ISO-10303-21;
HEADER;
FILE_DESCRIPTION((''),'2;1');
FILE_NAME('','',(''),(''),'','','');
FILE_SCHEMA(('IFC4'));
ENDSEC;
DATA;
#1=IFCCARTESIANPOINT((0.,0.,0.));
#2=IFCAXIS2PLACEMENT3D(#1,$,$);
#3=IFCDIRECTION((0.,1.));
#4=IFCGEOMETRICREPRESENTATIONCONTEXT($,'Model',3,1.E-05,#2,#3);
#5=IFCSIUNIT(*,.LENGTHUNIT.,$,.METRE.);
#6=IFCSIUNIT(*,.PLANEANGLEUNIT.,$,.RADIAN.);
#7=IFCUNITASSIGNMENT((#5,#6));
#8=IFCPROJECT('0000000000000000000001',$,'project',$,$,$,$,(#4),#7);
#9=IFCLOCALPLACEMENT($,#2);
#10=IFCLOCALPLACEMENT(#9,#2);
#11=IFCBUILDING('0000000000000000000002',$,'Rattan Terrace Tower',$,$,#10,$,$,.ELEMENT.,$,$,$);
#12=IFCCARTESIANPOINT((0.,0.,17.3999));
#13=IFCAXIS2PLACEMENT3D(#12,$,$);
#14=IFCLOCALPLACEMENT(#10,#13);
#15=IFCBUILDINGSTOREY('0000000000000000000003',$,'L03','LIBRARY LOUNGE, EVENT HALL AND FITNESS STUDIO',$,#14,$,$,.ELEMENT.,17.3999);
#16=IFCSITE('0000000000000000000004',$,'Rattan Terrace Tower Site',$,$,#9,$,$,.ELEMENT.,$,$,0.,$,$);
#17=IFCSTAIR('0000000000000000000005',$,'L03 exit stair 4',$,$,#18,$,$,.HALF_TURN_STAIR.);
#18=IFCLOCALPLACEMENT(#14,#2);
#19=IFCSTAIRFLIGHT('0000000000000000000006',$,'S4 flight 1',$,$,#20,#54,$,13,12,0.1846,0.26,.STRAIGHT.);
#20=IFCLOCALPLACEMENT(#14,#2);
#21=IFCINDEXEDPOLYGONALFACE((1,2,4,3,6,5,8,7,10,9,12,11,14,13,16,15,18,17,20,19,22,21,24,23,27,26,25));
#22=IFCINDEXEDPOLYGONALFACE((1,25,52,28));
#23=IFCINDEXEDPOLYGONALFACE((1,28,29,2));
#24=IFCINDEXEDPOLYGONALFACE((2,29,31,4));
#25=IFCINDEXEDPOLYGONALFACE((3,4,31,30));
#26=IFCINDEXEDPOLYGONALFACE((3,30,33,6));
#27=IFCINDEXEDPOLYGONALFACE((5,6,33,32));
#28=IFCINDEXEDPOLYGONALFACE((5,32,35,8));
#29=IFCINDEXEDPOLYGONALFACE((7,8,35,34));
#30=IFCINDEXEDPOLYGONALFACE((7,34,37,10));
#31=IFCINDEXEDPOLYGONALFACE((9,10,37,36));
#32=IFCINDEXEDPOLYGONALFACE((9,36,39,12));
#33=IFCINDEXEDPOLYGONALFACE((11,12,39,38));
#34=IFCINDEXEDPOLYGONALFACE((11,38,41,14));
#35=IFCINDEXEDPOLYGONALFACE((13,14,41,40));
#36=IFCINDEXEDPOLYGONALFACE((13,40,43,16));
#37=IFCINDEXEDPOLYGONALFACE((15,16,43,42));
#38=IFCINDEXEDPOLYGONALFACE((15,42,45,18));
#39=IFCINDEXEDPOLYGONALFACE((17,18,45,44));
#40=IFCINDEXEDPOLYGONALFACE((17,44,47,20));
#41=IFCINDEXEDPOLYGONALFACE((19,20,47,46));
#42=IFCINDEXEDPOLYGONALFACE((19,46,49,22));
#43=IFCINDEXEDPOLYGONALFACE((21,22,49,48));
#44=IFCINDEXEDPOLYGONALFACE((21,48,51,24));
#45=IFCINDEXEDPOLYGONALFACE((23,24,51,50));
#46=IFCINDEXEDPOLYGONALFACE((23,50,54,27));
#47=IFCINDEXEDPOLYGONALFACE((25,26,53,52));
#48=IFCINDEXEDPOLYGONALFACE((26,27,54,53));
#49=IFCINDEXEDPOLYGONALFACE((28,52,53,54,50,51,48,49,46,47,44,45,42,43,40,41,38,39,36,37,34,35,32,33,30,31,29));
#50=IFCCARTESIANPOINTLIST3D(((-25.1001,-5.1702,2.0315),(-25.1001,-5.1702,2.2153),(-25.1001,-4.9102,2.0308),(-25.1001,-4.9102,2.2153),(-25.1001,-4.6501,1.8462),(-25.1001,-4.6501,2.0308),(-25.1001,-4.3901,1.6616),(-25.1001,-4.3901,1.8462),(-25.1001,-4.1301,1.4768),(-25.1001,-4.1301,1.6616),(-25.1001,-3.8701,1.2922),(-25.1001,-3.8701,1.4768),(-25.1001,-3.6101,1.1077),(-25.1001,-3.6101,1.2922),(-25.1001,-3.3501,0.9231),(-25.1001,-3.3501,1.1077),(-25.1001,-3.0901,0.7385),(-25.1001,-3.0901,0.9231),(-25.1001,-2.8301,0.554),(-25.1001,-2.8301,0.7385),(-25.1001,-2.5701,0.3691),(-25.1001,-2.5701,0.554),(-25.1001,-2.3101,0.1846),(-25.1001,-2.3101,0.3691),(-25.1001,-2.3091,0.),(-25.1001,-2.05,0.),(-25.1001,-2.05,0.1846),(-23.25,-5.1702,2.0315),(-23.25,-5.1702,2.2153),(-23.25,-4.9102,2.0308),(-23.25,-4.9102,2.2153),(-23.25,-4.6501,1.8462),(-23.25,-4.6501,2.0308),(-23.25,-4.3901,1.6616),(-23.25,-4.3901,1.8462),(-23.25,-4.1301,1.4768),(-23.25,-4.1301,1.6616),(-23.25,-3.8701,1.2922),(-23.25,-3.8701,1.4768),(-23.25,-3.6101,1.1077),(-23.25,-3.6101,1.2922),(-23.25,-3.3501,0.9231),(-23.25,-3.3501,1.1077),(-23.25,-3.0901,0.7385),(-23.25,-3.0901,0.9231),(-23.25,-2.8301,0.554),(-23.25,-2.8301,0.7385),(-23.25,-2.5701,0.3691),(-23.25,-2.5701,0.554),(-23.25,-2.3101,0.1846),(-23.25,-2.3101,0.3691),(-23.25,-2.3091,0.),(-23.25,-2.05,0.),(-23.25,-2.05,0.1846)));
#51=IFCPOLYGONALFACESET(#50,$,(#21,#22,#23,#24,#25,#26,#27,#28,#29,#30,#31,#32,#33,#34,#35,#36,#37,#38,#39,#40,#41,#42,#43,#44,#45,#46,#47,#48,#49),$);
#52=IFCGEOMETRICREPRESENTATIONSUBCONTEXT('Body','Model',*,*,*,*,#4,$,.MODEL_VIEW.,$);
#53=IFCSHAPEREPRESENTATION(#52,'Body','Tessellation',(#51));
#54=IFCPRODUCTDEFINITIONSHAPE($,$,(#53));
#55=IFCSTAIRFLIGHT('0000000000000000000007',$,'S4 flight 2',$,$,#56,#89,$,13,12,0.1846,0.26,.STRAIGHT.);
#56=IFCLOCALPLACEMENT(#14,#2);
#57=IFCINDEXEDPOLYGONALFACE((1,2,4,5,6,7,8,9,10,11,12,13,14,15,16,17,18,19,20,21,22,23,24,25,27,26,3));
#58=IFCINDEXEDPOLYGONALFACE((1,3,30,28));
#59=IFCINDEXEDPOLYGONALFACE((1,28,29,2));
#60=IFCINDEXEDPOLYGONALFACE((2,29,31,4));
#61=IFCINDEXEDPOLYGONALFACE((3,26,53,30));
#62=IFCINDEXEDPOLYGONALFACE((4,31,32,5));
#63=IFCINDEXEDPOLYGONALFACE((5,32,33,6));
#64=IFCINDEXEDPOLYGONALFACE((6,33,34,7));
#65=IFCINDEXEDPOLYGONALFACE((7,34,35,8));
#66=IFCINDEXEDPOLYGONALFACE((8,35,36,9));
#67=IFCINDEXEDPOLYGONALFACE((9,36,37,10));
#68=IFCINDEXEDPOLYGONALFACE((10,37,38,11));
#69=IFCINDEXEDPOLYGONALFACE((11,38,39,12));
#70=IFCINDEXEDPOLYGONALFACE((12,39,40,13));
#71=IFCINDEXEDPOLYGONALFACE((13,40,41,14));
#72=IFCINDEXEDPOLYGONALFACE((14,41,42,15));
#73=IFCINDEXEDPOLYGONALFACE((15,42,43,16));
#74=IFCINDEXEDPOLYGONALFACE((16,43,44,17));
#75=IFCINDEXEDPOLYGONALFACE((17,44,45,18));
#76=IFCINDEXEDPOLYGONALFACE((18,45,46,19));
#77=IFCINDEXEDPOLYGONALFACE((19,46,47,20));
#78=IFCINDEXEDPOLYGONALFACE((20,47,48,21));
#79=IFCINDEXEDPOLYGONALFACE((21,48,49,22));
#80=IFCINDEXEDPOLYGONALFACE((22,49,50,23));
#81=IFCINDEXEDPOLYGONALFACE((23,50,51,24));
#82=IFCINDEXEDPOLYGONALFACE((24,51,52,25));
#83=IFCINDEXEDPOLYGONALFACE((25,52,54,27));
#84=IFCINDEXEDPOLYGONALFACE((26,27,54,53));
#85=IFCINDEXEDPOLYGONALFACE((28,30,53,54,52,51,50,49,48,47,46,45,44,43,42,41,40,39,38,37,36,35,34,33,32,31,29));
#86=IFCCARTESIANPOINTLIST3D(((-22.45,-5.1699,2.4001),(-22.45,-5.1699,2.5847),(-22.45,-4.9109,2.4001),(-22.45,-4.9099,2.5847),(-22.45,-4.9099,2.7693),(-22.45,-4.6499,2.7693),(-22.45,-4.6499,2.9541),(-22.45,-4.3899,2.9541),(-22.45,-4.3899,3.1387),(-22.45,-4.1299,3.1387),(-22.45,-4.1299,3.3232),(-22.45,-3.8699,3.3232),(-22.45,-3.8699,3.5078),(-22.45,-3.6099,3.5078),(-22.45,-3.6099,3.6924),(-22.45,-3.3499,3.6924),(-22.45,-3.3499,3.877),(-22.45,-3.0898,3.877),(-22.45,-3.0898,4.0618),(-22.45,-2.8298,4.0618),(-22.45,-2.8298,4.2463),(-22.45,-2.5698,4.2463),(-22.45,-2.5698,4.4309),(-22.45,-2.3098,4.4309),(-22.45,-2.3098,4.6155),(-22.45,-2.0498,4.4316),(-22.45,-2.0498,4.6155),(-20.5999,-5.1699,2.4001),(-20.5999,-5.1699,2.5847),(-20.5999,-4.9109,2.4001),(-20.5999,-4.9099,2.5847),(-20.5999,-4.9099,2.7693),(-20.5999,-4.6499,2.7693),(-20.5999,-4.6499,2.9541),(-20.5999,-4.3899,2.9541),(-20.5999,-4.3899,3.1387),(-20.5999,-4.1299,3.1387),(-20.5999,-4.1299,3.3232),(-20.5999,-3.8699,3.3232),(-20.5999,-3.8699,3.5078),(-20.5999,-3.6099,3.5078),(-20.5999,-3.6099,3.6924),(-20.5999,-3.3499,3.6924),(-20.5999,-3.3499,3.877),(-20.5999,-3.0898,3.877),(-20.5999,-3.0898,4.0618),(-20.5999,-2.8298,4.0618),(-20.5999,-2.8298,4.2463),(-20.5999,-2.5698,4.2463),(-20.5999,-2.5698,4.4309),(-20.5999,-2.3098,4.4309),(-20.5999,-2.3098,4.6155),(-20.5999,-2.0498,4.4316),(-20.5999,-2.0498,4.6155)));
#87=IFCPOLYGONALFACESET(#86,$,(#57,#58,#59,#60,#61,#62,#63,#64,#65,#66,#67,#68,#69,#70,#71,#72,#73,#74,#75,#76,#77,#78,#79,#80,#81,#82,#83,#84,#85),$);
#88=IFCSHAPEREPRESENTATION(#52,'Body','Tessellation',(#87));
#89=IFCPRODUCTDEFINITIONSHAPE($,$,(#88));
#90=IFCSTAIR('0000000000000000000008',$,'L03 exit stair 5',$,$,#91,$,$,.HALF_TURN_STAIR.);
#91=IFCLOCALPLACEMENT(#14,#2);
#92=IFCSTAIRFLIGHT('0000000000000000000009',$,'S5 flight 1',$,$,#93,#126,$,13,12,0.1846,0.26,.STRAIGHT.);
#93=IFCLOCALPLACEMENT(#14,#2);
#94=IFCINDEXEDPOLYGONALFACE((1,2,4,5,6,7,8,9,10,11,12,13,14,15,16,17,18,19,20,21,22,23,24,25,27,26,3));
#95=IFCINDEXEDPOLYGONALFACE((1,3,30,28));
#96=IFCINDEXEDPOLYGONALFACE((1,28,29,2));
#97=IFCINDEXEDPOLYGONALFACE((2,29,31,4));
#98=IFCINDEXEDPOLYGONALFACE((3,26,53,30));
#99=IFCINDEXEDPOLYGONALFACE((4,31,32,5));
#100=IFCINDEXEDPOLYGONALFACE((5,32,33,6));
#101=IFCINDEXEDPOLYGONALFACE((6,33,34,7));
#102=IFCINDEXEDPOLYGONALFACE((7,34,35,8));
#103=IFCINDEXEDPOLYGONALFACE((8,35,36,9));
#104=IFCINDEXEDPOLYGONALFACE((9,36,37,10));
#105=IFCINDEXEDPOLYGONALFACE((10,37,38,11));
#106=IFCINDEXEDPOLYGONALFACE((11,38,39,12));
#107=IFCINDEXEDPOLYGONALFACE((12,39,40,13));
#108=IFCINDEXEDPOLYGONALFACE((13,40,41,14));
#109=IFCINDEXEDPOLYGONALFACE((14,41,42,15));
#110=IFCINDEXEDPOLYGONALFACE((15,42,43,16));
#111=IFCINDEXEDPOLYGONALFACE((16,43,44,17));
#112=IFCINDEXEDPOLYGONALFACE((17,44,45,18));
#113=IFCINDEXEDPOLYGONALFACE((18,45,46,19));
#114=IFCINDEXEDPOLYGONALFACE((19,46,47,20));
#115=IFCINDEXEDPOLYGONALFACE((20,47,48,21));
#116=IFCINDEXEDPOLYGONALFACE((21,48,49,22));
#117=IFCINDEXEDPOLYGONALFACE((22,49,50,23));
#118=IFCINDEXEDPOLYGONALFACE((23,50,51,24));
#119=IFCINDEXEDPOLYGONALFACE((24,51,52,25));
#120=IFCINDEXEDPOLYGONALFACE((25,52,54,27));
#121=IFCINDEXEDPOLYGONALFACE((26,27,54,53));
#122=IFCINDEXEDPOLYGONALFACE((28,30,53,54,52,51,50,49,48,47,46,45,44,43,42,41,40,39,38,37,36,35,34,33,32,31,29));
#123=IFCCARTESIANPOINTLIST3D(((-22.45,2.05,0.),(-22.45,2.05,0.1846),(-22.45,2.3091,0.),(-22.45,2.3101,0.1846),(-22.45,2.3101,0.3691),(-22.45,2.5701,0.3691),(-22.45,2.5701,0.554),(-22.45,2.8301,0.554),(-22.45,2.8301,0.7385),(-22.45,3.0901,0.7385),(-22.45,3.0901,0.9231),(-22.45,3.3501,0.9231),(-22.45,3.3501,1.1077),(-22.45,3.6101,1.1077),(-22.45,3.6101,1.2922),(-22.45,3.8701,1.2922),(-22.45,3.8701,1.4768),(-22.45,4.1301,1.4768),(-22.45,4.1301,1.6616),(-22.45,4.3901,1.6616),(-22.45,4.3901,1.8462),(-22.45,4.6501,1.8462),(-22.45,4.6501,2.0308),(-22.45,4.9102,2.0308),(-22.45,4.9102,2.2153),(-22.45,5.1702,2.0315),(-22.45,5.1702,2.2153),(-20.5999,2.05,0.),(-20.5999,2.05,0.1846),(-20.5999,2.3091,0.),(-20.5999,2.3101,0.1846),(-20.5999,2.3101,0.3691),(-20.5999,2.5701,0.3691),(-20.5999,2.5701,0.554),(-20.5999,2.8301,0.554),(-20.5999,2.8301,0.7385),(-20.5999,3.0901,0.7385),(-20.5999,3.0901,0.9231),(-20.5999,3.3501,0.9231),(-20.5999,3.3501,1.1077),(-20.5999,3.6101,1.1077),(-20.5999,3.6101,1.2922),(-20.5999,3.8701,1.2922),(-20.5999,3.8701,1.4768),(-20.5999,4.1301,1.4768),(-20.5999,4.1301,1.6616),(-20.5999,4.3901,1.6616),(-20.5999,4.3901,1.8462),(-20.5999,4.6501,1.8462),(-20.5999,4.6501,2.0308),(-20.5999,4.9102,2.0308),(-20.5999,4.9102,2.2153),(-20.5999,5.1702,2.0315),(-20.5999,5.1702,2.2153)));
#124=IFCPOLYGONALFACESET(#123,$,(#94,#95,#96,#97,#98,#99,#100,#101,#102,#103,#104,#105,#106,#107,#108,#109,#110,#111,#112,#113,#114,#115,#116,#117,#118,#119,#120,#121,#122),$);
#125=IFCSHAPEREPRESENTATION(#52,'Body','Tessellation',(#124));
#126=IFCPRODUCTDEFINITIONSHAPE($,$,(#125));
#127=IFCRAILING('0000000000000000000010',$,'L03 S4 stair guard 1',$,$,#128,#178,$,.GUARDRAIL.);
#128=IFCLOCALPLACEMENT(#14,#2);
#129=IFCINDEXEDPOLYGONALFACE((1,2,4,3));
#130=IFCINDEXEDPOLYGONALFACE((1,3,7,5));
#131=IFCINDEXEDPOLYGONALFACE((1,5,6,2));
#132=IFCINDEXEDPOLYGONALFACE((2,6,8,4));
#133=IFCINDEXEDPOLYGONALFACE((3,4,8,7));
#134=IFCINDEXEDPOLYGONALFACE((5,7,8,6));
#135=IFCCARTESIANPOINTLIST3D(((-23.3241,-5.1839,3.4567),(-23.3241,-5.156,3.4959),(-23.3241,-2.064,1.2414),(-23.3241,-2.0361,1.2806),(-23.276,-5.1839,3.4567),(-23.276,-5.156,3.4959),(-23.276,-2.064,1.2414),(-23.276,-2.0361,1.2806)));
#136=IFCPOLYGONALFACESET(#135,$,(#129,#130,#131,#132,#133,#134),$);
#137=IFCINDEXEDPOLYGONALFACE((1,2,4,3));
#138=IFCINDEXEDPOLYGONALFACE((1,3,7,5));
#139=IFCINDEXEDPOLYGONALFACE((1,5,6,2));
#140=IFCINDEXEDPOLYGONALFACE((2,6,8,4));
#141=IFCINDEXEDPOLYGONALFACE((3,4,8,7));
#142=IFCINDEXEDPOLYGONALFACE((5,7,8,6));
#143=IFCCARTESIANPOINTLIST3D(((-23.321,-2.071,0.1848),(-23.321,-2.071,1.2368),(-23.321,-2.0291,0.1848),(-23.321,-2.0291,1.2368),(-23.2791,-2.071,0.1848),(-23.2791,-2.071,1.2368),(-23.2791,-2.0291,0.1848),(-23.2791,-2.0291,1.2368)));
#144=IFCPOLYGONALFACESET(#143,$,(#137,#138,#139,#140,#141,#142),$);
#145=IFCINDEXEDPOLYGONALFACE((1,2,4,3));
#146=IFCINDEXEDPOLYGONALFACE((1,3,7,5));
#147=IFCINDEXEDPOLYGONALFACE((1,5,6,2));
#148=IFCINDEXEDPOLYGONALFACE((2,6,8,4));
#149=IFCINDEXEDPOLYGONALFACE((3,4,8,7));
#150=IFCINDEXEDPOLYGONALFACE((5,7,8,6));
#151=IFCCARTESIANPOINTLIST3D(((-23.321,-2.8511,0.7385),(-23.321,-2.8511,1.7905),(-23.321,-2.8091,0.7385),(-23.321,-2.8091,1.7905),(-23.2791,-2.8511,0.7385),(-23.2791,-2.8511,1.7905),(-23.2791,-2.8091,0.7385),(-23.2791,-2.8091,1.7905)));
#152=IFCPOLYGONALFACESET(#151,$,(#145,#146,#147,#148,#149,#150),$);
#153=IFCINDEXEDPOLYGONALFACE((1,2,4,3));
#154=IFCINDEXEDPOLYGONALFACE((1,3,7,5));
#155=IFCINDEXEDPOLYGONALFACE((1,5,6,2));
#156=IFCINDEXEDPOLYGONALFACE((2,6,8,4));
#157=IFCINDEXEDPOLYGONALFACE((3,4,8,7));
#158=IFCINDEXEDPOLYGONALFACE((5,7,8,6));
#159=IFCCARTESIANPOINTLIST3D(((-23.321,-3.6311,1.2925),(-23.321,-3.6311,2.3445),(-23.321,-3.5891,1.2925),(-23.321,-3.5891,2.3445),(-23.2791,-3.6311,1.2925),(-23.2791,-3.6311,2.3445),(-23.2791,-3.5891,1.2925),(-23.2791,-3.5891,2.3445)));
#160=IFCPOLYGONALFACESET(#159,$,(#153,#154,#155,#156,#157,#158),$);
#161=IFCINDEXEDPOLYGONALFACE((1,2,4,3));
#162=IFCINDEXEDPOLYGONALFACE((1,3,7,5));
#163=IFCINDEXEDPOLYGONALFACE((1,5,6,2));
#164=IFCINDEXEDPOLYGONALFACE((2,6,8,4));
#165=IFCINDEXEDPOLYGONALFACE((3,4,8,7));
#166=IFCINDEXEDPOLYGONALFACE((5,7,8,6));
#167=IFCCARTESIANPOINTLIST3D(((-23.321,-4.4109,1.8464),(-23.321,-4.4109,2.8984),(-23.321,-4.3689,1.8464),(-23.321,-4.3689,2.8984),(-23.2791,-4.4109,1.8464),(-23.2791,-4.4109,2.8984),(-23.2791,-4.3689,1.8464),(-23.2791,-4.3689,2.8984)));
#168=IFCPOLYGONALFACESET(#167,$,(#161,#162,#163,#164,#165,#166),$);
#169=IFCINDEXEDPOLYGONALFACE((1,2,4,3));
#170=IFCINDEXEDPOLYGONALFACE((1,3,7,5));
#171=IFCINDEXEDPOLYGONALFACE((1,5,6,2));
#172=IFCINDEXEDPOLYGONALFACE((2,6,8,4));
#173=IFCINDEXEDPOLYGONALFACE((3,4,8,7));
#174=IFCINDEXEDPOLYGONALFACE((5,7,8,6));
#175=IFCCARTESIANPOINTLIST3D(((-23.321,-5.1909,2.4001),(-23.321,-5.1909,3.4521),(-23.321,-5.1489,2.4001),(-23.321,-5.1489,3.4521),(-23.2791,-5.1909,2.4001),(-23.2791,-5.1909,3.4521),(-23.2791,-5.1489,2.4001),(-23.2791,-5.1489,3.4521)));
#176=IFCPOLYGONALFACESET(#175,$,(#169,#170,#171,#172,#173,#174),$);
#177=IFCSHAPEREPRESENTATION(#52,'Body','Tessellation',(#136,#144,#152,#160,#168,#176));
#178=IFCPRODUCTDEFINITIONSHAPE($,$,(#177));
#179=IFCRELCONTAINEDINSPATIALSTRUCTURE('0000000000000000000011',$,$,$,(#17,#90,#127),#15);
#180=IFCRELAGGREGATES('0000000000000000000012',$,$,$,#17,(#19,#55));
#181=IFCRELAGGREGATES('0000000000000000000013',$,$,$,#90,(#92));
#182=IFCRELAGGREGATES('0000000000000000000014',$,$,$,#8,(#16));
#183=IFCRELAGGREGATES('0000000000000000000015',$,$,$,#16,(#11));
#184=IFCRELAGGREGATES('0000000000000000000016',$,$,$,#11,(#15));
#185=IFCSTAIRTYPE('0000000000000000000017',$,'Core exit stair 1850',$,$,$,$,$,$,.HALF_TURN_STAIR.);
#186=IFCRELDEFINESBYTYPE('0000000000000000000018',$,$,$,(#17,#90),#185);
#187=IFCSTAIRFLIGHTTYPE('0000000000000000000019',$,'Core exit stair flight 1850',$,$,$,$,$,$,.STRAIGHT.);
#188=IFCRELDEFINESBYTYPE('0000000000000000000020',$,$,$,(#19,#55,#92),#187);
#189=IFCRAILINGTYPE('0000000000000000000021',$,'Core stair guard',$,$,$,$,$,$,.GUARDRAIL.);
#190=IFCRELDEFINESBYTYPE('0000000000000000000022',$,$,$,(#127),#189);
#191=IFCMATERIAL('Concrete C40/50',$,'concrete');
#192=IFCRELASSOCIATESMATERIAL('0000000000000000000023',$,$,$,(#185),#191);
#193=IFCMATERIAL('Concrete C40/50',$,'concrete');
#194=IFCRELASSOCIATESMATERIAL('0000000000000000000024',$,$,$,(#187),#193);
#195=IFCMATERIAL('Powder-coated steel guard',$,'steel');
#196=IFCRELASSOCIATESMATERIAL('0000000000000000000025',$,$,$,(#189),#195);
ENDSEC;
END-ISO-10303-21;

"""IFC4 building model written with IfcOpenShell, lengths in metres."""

from ifc_helpers import new_model, si_unit, direction, frame, origin, origin_2d, place, context, subcontext, project, spatial, polyline, rectangle, outline, extrude, material, type_object, element, aggregate, save


model = new_model("IFC4")

# Units and contexts
model_context = context("Model", 3, precision=1e-05, world=origin(), true_north=direction((0.0, 1.0)))
body_context = subcontext(model_context, "Body", "Model", "MODEL_VIEW")
ifc_project = project(units=[si_unit("LENGTHUNIT", "METRE"), si_unit("PLANEANGLEUNIT", "RADIAN")], contexts=[model_context])

# Site, building, storey
site_placement = place(None, origin())
site = spatial("IfcSite", under=ifc_project, at=site_placement, Name="Rattan Terrace Tower Site", CompositionType="ELEMENT", RefElevation=0.0)
building_placement = place(site_placement, origin())
building = spatial("IfcBuilding", under=site, at=building_placement, Name="Rattan Terrace Tower", CompositionType="ELEMENT")
storey_placement = place(building_placement, frame((0.0, 0.0, 17.3999)))
storey = spatial("IfcBuildingStorey", under=building, at=storey_placement, Name="L03", Description="LIBRARY LOUNGE, EVENT HALL AND FITNESS STUDIO", CompositionType="ELEMENT", Elevation=17.3999)

# Stair, stair flights
ifc_material_1 = material(Name="Concrete C40/50", Category="concrete")
stair_type = type_object("IfcStairType", Name="Core exit stair 1850", PredefinedType="HALF_TURN_STAIR", material=ifc_material_1)
stair_1_placement = place(storey_placement, origin())
stair_1 = element("IfcStair", 1, at=stair_1_placement, inside=storey, type_object=stair_type, Name="L03 exit stair 4", PredefinedType="HALF_TURN_STAIR")
ifc_material_2 = material(Name="Concrete C40/50", Category="concrete")
stair_flight_type = type_object("IfcStairFlightType", Name="Core exit stair flight 1850", PredefinedType="STRAIGHT", material=ifc_material_2)
stair_flight_1_placement = place(storey_placement, frame((-24.175, -2.05, 0.0), z_axis=(0.0, 0.0, 1.0), x_axis=(0.0, -1.0, 0.0)))
stair_flight_1 = element("IfcStairFlight", 2, at=stair_flight_1_placement, type_object=stair_flight_type, Name="S4 flight 1", NumberOfRisers=13, NumberOfTreads=12, PredefinedType="STRAIGHT", RiserHeight=0.1846, TreadLength=0.26, context=body_context, shape_type="SweptSolid", body=[
    extrude(outline(polyline([(0.0, 0.0), (0.0, 0.1846), (0.26, 0.1846), (0.26, 0.3691), (0.52, 0.3691), (0.52, 0.554), (0.78, 0.554), (0.78, 0.7385), (1.04, 0.7385), (1.04, 0.9231), (1.3, 0.9231), (1.3, 1.1077), (1.5601, 1.1077), (1.5601, 1.2922), (1.8201, 1.2922), (1.8201, 1.4768), (2.0801, 1.4768), (2.0801, 1.6616), (2.3401, 1.6616), (2.3401, 1.8462), (2.6001, 1.8462), (2.6001, 2.0308), (2.8601, 2.0308), (2.8601, 2.2153), (3.1201, 2.2153), (3.1201, 2.3999), (3.1201, 2.0315), (0.259, 0.0), (0.0, 0.0)])), frame((0.0, 0.925, 0.0), z_axis=(0.0, -1.0, 0.0), x_axis=(1.0, 0.0, 0.0)), (0.0, 0.0, 1.0), 1.8501),
])
stair_flight_2_placement = place(storey_placement, frame((-21.5249, -5.1699, 2.4001), z_axis=(0.0, 0.0, 1.0), x_axis=(0.0, 1.0, 0.0)))
stair_flight_2 = element("IfcStairFlight", 3, at=stair_flight_2_placement, type_object=stair_flight_type, Name="S4 flight 2", NumberOfRisers=13, NumberOfTreads=12, PredefinedType="STRAIGHT", RiserHeight=0.1846, TreadLength=0.26, context=body_context, shape_type="SweptSolid", body=[
    extrude(outline(polyline([(0.0, 0.0), (0.0, 0.1846), (0.26, 0.1846), (0.26, 0.3691), (0.52, 0.3691), (0.52, 0.554), (0.78, 0.554), (0.78, 0.7385), (1.04, 0.7385), (1.04, 0.9231), (1.3, 0.9231), (1.3, 1.1077), (1.5601, 1.1077), (1.5601, 1.2922), (1.8201, 1.2922), (1.8201, 1.4768), (2.0801, 1.4768), (2.0801, 1.6616), (2.3401, 1.6616), (2.3401, 1.8462), (2.6001, 1.8462), (2.6001, 2.0308), (2.8601, 2.0308), (2.8601, 2.2153), (3.1201, 2.2153), (3.1201, 2.3999), (3.1201, 2.0315), (0.259, 0.0), (0.0, 0.0)])), frame((0.0, 0.925, 0.0), z_axis=(0.0, -1.0, 0.0), x_axis=(1.0, 0.0, 0.0)), (0.0, 0.0, 1.0), 1.8501),
])
aggregate(stair_1, [stair_flight_1, stair_flight_2])

# Stair, stair flight
stair_2_placement = place(storey_placement, origin())
stair_2 = element("IfcStair", 4, at=stair_2_placement, inside=storey, type_object=stair_type, Name="L03 exit stair 5", PredefinedType="HALF_TURN_STAIR")
stair_flight_3_placement = place(storey_placement, frame((-21.5249, 2.05, 0.0), z_axis=(0.0, 0.0, 1.0), x_axis=(0.0, 1.0, 0.0)))
stair_flight_3 = element("IfcStairFlight", 5, at=stair_flight_3_placement, type_object=stair_flight_type, Name="S5 flight 1", NumberOfRisers=13, NumberOfTreads=12, PredefinedType="STRAIGHT", RiserHeight=0.1846, TreadLength=0.26, context=body_context, shape_type="SweptSolid", body=[
    extrude(outline(polyline([(0.0, 0.0), (0.0, 0.1846), (0.26, 0.1846), (0.26, 0.3691), (0.52, 0.3691), (0.52, 0.554), (0.78, 0.554), (0.78, 0.7385), (1.04, 0.7385), (1.04, 0.9231), (1.3, 0.9231), (1.3, 1.1077), (1.5601, 1.1077), (1.5601, 1.2922), (1.8201, 1.2922), (1.8201, 1.4768), (2.0801, 1.4768), (2.0801, 1.6616), (2.3401, 1.6616), (2.3401, 1.8462), (2.6001, 1.8462), (2.6001, 2.0308), (2.8601, 2.0308), (2.8601, 2.2153), (3.1201, 2.2153), (3.1201, 2.3999), (3.1201, 2.0315), (0.259, 0.0), (0.0, 0.0)])), frame((0.0, 0.925, 0.0), z_axis=(0.0, -1.0, 0.0), x_axis=(1.0, 0.0, 0.0)), (0.0, 0.0, 1.0), 1.8501),
])
aggregate(stair_2, [stair_flight_3])

# Railing
ifc_material_3 = material(Name="Powder-coated steel guard", Category="steel")
railing_type_1 = type_object("IfcRailingType", Name="Core stair guard", PredefinedType="GUARDRAIL", material=ifc_material_3)
railing_1_placement = place(storey_placement, frame((-23.3, -2.05, 0.1848)))
element("IfcRailing", 6, at=railing_1_placement, inside=storey, type_object=railing_type_1, Name="L03 S4 stair guard 1", PredefinedType="GUARDRAIL", context=body_context, shape_type="SweptSolid", body=[
    extrude(rectangle(XDim=0.0481, YDim=0.0481, at=origin_2d()), frame((0.0, 0.0, 1.0762), z_axis=(0.0, -0.815356, 0.578961), x_axis=(1.0, 0.0, 0.0)), (0.0, 0.0, 1.0), 3.8264),
    extrude(rectangle(XDim=0.042, YDim=0.042, at=origin_2d()), origin(), (0.0, 0.0, 1.0), 1.052),
    extrude(rectangle(XDim=0.042, YDim=0.042, at=origin_2d()), frame((0.0, -0.78, 0.5537)), (0.0, 0.0, 1.0), 1.052),
    extrude(rectangle(XDim=0.042, YDim=0.042, at=origin_2d()), frame((0.0, -1.5601, 1.1077)), (0.0, 0.0, 1.0), 1.052),
    extrude(rectangle(XDim=0.042, YDim=0.042, at=origin_2d()), frame((0.0, -2.3398, 1.6616)), (0.0, 0.0, 1.0), 1.052),
    extrude(rectangle(XDim=0.042, YDim=0.042, at=origin_2d()), frame((0.0, -3.1199, 2.2153)), (0.0, 0.0, 1.0), 1.052),
])

save(model, "model.ifc")
